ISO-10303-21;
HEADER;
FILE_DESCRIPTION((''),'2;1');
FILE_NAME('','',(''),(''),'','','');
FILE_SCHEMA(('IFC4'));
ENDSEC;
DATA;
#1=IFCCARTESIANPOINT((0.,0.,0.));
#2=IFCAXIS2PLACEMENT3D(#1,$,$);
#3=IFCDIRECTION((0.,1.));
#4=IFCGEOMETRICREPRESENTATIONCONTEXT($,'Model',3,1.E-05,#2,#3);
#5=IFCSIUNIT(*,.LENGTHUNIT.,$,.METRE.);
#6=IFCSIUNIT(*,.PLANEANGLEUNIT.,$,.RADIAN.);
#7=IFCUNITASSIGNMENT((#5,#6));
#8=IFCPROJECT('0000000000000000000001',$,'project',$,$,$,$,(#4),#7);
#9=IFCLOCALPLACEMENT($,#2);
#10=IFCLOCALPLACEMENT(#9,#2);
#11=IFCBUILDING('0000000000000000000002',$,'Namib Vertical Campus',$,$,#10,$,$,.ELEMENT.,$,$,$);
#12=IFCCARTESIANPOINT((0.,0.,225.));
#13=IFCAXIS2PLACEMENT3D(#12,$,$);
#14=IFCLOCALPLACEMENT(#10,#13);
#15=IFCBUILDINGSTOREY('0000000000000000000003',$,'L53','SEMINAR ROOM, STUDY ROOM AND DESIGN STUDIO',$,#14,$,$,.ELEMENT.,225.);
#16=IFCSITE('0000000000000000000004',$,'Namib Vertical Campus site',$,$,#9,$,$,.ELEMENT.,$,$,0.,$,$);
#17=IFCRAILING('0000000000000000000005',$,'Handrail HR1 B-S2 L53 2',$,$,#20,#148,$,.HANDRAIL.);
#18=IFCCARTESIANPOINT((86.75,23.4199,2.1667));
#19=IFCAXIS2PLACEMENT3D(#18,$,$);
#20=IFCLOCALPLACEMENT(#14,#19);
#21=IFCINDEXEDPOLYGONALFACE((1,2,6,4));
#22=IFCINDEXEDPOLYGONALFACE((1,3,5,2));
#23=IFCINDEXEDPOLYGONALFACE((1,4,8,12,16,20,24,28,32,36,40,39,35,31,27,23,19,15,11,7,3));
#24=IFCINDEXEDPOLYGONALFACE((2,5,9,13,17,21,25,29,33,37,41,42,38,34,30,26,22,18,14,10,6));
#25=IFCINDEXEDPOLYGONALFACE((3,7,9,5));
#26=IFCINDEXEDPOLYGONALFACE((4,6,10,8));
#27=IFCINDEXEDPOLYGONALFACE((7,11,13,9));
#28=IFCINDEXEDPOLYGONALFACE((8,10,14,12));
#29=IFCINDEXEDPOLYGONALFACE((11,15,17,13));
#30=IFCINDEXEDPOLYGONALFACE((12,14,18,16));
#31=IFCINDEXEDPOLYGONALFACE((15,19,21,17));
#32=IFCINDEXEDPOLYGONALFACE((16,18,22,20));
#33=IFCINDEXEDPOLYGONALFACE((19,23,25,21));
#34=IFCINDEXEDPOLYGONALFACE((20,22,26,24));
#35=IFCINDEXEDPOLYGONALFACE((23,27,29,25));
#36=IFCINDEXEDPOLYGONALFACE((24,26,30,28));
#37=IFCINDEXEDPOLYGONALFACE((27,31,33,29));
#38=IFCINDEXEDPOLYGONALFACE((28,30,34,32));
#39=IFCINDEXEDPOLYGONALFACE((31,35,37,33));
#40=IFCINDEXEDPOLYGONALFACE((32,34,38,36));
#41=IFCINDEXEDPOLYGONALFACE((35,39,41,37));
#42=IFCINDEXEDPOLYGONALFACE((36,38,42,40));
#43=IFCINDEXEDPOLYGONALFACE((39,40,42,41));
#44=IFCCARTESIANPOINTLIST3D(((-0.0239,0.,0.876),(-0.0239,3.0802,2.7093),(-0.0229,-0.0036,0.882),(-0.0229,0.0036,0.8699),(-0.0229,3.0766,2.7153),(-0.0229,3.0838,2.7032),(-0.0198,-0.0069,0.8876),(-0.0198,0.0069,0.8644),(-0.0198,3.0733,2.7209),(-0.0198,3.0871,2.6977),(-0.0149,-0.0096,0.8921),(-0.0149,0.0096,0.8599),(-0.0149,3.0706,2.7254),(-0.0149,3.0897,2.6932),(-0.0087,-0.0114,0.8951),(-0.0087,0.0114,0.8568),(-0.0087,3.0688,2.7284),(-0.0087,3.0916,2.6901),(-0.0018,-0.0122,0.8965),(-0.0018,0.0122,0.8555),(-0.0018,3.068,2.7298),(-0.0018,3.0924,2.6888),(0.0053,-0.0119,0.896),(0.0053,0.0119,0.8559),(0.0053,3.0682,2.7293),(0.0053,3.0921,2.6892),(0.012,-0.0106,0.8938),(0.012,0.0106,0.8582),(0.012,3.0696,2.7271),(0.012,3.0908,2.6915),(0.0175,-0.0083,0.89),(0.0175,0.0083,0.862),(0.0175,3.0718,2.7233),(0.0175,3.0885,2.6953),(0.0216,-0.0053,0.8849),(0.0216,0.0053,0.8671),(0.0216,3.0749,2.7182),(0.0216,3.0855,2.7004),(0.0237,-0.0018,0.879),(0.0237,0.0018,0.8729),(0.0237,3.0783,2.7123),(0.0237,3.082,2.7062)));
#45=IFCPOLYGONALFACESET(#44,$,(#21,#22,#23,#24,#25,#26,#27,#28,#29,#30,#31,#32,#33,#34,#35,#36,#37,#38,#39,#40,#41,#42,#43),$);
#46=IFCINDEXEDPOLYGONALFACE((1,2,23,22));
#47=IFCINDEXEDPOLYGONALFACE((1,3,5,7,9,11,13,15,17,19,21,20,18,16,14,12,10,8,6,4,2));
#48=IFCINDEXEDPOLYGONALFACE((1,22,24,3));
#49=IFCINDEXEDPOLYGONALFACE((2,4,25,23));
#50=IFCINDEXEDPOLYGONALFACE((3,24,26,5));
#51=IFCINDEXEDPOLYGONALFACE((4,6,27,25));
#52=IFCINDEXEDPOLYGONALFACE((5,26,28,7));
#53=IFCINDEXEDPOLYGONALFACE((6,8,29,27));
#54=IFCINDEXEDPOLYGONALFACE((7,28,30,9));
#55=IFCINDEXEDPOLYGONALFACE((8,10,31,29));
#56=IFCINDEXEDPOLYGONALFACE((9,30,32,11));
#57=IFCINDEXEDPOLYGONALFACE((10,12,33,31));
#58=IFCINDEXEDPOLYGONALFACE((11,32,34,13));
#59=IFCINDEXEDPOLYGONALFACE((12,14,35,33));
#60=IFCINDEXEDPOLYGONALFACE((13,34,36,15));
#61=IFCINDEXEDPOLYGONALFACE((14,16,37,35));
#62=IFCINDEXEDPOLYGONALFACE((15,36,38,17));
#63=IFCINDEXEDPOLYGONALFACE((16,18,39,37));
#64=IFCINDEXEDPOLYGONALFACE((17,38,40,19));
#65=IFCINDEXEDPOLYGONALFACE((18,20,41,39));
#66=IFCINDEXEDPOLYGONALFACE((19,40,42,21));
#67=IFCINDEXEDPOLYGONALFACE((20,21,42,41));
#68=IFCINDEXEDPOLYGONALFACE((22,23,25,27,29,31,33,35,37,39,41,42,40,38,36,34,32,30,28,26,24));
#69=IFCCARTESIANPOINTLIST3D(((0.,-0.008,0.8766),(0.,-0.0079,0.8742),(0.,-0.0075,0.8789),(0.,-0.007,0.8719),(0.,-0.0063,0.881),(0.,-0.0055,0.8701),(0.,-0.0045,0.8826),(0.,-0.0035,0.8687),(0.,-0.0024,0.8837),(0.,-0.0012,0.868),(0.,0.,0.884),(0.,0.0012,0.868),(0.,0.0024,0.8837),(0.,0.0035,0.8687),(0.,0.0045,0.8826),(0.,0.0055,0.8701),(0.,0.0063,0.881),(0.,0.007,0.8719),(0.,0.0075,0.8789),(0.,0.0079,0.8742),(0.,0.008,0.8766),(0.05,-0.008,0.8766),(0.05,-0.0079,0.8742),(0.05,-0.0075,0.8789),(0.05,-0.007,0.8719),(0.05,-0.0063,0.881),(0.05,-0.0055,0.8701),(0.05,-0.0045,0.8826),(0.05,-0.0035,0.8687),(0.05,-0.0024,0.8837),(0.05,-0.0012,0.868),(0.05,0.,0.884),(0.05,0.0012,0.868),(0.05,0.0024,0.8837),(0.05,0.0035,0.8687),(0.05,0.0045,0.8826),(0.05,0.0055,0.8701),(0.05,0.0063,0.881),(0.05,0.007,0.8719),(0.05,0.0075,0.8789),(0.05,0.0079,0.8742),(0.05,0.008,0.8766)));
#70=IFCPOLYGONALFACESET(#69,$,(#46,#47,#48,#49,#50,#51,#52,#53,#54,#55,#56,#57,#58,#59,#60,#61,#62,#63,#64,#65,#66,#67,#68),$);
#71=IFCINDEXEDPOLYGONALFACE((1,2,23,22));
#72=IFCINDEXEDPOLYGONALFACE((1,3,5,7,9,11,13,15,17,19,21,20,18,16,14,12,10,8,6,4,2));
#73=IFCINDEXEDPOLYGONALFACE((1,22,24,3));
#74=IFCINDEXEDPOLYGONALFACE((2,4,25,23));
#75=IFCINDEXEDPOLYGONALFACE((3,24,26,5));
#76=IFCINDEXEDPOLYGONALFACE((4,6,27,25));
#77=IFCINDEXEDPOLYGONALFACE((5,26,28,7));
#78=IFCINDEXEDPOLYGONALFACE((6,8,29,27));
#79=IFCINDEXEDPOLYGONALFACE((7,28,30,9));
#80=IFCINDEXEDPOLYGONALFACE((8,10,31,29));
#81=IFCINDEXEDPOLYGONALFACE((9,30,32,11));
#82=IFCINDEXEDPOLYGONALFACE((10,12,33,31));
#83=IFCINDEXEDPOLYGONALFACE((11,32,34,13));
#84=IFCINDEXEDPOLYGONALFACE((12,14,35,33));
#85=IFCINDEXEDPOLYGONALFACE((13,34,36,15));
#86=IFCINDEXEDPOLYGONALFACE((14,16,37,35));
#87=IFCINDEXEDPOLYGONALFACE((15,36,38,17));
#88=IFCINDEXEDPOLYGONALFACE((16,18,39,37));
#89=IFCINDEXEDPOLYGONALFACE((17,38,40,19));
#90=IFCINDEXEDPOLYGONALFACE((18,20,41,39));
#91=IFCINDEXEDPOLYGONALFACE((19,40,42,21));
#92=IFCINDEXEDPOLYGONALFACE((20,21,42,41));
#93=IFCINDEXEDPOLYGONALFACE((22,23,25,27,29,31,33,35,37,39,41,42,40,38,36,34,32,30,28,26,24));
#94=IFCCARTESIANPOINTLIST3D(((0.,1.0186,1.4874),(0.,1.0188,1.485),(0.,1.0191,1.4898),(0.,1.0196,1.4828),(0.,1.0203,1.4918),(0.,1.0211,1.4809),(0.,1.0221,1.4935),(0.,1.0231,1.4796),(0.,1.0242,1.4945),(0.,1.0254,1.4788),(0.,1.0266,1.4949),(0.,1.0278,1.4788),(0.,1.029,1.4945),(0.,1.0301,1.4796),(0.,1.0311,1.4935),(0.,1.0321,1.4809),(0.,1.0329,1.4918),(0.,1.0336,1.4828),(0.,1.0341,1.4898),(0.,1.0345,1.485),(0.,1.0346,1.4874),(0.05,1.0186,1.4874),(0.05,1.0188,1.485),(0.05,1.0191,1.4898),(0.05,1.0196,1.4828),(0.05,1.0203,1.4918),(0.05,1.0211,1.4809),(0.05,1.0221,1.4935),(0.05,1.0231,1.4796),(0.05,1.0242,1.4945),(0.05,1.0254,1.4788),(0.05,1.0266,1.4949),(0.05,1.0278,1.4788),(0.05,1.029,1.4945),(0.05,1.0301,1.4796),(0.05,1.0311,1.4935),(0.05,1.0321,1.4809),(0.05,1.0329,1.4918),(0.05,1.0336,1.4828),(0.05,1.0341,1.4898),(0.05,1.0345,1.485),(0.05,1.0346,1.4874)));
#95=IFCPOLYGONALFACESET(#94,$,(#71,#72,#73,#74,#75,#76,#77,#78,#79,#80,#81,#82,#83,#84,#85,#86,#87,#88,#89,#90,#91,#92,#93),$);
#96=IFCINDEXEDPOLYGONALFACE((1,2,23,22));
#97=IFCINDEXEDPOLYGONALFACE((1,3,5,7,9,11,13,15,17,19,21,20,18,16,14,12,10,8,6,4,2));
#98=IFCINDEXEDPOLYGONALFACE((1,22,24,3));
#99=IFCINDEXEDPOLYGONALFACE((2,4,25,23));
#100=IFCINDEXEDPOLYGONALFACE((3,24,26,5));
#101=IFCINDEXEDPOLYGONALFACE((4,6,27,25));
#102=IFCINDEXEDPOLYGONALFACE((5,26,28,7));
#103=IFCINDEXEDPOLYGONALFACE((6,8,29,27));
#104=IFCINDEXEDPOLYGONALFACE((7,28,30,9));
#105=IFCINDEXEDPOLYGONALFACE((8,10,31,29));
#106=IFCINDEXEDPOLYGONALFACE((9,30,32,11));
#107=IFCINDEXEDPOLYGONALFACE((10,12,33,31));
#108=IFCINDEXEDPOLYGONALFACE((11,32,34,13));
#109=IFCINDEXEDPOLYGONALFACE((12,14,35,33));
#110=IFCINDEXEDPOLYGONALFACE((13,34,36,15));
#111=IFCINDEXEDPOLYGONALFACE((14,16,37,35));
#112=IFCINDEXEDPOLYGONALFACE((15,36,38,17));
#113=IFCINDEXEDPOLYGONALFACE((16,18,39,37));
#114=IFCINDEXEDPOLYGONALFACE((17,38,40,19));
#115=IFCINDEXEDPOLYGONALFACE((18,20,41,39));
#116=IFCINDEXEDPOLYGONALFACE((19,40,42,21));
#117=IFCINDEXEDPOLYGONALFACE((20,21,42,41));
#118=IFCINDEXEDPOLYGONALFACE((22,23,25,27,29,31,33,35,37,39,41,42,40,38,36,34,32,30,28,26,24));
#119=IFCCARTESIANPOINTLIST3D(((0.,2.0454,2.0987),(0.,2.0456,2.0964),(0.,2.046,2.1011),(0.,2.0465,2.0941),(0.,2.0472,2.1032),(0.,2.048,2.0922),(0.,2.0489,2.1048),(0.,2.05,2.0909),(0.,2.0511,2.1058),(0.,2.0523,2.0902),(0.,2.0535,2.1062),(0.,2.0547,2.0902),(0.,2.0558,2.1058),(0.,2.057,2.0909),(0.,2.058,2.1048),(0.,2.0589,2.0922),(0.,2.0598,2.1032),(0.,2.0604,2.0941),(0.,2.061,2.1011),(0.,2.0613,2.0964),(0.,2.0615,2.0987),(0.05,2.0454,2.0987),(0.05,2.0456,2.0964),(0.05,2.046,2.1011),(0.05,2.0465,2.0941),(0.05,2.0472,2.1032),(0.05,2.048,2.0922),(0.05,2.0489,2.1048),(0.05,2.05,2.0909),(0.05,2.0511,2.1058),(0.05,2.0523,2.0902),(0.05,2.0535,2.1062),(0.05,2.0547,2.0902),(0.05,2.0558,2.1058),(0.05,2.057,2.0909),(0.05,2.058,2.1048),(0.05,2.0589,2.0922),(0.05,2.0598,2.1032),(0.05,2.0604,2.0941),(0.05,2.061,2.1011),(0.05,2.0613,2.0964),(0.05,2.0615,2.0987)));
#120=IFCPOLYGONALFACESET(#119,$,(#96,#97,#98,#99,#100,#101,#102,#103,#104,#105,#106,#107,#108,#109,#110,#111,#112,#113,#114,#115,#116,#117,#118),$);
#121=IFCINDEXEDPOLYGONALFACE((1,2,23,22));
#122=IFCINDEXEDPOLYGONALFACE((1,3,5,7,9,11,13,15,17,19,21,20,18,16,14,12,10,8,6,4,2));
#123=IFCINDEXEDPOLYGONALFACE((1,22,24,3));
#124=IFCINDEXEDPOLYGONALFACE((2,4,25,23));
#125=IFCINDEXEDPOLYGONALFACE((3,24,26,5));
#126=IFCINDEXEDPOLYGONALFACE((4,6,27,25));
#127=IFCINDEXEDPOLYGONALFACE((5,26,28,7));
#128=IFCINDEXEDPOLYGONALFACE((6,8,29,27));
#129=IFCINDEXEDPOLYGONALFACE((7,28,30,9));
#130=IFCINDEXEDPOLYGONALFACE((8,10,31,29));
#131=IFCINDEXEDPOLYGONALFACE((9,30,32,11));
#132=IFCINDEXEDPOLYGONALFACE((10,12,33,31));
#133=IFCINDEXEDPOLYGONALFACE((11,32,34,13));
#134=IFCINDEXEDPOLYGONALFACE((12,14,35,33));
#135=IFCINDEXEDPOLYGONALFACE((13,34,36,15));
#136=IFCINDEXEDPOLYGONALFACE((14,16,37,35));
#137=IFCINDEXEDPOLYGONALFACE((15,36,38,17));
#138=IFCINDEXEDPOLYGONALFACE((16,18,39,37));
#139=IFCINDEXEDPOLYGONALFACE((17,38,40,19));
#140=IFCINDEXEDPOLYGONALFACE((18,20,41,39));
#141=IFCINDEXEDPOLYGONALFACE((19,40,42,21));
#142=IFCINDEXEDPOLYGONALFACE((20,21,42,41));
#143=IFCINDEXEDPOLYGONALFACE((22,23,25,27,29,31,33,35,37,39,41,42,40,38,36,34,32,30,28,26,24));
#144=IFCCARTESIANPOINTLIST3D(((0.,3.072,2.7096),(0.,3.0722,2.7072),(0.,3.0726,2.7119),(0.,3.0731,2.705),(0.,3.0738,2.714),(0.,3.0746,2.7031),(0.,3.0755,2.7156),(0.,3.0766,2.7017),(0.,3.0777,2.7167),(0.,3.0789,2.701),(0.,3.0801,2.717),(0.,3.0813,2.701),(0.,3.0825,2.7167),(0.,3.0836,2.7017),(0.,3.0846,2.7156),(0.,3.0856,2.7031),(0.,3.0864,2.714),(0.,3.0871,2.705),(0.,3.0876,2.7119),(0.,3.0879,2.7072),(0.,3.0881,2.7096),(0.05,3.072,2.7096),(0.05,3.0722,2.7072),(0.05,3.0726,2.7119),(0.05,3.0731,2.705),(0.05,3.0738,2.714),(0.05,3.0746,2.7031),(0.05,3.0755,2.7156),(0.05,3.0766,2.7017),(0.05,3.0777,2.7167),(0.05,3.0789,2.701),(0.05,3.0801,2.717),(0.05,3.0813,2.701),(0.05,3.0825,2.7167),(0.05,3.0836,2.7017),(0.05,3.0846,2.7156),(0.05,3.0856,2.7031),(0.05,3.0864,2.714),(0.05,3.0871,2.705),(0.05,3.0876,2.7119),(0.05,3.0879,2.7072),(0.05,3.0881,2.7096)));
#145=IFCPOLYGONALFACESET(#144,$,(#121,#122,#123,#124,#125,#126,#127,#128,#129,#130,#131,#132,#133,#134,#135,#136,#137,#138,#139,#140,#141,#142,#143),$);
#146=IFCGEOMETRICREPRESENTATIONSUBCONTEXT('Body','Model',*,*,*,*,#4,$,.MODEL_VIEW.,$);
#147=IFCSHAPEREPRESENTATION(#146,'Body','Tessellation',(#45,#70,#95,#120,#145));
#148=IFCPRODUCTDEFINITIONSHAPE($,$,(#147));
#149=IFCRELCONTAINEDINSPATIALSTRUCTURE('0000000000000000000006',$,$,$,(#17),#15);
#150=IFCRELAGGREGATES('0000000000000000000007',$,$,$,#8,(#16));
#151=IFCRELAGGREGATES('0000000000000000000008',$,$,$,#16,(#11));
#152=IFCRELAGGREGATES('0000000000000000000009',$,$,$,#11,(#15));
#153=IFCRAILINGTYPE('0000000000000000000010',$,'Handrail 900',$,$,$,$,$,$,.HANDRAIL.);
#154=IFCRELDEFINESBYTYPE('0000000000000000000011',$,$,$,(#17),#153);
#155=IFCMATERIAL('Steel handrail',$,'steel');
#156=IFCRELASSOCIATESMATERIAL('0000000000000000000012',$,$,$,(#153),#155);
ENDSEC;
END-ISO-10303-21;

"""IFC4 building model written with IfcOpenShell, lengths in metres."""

from ifc_helpers import new_model, si_unit, direction, frame, origin, origin_2d, place, context, subcontext, project, spatial, circle, extrude, material, type_object, element, save


model = new_model("IFC4")

# Units and contexts
model_context = context("Model", 3, precision=1e-05, world=origin(), true_north=direction((0.0, 1.0)))
body_context = subcontext(model_context, "Body", "Model", "MODEL_VIEW")
ifc_project = project(units=[si_unit("LENGTHUNIT", "METRE"), si_unit("PLANEANGLEUNIT", "RADIAN")], contexts=[model_context])

# Site, building, storey
site_placement = place(None, origin())
site = spatial("IfcSite", under=ifc_project, at=site_placement, Name="Namib Vertical Campus site", CompositionType="ELEMENT", RefElevation=0.0)
building_placement = place(site_placement, origin())
building = spatial("IfcBuilding", under=site, at=building_placement, Name="Namib Vertical Campus", CompositionType="ELEMENT")
storey_placement = place(building_placement, frame((0.0, 0.0, 225.0)))
storey = spatial("IfcBuildingStorey", under=building, at=storey_placement, Name="L53", Description="SEMINAR ROOM, STUDY ROOM AND DESIGN STUDIO", CompositionType="ELEMENT", Elevation=225.0)

# Railing
ifc_material_1 = material(Name="Steel handrail", Category="steel")
railing_type = type_object("IfcRailingType", Name="Handrail 900", PredefinedType="HANDRAIL", material=ifc_material_1)
railing_placement = place(storey_placement, frame((86.75, 23.4199, 2.1667)))
element("IfcRailing", 1, at=railing_placement, inside=storey, type_object=railing_type, Name="Handrail HR1 B-S2 L53 2", PredefinedType="HANDRAIL", context=body_context, shape_type="SweptSolid", body=[
    extrude(circle(Radius=0.0239, at=origin_2d()), frame((0.0, 0.0, 0.876), z_axis=(0.0, 0.859309, 0.511458), x_axis=(-1.0, 0.0, 0.0)), (0.0, 0.0, 1.0), 3.5845),
    extrude(circle(Radius=0.0081, at=origin_2d()), frame((0.0, 0.0, 0.876), z_axis=(1.0, 0.0, 0.0), x_axis=(0.0, 0.0, 1.0)), (0.0, 0.0, 1.0), 0.05),
    extrude(circle(Radius=0.0081, at=origin_2d()), frame((0.0, 1.0266, 1.4868), z_axis=(1.0, 0.0, 0.0), x_axis=(0.0, 0.0, 1.0)), (0.0, 0.0, 1.0), 0.05),
    extrude(circle(Radius=0.0081, at=origin_2d()), frame((0.0, 2.0535, 2.0981), z_axis=(1.0, 0.0, 0.0), x_axis=(0.0, 0.0, 1.0)), (0.0, 0.0, 1.0), 0.05),
    extrude(circle(Radius=0.0081, at=origin_2d()), frame((0.0, 3.0801, 2.709), z_axis=(1.0, 0.0, 0.0), x_axis=(0.0, 0.0, 1.0)), (0.0, 0.0, 1.0), 0.05),
])

save(model, "model.ifc")
